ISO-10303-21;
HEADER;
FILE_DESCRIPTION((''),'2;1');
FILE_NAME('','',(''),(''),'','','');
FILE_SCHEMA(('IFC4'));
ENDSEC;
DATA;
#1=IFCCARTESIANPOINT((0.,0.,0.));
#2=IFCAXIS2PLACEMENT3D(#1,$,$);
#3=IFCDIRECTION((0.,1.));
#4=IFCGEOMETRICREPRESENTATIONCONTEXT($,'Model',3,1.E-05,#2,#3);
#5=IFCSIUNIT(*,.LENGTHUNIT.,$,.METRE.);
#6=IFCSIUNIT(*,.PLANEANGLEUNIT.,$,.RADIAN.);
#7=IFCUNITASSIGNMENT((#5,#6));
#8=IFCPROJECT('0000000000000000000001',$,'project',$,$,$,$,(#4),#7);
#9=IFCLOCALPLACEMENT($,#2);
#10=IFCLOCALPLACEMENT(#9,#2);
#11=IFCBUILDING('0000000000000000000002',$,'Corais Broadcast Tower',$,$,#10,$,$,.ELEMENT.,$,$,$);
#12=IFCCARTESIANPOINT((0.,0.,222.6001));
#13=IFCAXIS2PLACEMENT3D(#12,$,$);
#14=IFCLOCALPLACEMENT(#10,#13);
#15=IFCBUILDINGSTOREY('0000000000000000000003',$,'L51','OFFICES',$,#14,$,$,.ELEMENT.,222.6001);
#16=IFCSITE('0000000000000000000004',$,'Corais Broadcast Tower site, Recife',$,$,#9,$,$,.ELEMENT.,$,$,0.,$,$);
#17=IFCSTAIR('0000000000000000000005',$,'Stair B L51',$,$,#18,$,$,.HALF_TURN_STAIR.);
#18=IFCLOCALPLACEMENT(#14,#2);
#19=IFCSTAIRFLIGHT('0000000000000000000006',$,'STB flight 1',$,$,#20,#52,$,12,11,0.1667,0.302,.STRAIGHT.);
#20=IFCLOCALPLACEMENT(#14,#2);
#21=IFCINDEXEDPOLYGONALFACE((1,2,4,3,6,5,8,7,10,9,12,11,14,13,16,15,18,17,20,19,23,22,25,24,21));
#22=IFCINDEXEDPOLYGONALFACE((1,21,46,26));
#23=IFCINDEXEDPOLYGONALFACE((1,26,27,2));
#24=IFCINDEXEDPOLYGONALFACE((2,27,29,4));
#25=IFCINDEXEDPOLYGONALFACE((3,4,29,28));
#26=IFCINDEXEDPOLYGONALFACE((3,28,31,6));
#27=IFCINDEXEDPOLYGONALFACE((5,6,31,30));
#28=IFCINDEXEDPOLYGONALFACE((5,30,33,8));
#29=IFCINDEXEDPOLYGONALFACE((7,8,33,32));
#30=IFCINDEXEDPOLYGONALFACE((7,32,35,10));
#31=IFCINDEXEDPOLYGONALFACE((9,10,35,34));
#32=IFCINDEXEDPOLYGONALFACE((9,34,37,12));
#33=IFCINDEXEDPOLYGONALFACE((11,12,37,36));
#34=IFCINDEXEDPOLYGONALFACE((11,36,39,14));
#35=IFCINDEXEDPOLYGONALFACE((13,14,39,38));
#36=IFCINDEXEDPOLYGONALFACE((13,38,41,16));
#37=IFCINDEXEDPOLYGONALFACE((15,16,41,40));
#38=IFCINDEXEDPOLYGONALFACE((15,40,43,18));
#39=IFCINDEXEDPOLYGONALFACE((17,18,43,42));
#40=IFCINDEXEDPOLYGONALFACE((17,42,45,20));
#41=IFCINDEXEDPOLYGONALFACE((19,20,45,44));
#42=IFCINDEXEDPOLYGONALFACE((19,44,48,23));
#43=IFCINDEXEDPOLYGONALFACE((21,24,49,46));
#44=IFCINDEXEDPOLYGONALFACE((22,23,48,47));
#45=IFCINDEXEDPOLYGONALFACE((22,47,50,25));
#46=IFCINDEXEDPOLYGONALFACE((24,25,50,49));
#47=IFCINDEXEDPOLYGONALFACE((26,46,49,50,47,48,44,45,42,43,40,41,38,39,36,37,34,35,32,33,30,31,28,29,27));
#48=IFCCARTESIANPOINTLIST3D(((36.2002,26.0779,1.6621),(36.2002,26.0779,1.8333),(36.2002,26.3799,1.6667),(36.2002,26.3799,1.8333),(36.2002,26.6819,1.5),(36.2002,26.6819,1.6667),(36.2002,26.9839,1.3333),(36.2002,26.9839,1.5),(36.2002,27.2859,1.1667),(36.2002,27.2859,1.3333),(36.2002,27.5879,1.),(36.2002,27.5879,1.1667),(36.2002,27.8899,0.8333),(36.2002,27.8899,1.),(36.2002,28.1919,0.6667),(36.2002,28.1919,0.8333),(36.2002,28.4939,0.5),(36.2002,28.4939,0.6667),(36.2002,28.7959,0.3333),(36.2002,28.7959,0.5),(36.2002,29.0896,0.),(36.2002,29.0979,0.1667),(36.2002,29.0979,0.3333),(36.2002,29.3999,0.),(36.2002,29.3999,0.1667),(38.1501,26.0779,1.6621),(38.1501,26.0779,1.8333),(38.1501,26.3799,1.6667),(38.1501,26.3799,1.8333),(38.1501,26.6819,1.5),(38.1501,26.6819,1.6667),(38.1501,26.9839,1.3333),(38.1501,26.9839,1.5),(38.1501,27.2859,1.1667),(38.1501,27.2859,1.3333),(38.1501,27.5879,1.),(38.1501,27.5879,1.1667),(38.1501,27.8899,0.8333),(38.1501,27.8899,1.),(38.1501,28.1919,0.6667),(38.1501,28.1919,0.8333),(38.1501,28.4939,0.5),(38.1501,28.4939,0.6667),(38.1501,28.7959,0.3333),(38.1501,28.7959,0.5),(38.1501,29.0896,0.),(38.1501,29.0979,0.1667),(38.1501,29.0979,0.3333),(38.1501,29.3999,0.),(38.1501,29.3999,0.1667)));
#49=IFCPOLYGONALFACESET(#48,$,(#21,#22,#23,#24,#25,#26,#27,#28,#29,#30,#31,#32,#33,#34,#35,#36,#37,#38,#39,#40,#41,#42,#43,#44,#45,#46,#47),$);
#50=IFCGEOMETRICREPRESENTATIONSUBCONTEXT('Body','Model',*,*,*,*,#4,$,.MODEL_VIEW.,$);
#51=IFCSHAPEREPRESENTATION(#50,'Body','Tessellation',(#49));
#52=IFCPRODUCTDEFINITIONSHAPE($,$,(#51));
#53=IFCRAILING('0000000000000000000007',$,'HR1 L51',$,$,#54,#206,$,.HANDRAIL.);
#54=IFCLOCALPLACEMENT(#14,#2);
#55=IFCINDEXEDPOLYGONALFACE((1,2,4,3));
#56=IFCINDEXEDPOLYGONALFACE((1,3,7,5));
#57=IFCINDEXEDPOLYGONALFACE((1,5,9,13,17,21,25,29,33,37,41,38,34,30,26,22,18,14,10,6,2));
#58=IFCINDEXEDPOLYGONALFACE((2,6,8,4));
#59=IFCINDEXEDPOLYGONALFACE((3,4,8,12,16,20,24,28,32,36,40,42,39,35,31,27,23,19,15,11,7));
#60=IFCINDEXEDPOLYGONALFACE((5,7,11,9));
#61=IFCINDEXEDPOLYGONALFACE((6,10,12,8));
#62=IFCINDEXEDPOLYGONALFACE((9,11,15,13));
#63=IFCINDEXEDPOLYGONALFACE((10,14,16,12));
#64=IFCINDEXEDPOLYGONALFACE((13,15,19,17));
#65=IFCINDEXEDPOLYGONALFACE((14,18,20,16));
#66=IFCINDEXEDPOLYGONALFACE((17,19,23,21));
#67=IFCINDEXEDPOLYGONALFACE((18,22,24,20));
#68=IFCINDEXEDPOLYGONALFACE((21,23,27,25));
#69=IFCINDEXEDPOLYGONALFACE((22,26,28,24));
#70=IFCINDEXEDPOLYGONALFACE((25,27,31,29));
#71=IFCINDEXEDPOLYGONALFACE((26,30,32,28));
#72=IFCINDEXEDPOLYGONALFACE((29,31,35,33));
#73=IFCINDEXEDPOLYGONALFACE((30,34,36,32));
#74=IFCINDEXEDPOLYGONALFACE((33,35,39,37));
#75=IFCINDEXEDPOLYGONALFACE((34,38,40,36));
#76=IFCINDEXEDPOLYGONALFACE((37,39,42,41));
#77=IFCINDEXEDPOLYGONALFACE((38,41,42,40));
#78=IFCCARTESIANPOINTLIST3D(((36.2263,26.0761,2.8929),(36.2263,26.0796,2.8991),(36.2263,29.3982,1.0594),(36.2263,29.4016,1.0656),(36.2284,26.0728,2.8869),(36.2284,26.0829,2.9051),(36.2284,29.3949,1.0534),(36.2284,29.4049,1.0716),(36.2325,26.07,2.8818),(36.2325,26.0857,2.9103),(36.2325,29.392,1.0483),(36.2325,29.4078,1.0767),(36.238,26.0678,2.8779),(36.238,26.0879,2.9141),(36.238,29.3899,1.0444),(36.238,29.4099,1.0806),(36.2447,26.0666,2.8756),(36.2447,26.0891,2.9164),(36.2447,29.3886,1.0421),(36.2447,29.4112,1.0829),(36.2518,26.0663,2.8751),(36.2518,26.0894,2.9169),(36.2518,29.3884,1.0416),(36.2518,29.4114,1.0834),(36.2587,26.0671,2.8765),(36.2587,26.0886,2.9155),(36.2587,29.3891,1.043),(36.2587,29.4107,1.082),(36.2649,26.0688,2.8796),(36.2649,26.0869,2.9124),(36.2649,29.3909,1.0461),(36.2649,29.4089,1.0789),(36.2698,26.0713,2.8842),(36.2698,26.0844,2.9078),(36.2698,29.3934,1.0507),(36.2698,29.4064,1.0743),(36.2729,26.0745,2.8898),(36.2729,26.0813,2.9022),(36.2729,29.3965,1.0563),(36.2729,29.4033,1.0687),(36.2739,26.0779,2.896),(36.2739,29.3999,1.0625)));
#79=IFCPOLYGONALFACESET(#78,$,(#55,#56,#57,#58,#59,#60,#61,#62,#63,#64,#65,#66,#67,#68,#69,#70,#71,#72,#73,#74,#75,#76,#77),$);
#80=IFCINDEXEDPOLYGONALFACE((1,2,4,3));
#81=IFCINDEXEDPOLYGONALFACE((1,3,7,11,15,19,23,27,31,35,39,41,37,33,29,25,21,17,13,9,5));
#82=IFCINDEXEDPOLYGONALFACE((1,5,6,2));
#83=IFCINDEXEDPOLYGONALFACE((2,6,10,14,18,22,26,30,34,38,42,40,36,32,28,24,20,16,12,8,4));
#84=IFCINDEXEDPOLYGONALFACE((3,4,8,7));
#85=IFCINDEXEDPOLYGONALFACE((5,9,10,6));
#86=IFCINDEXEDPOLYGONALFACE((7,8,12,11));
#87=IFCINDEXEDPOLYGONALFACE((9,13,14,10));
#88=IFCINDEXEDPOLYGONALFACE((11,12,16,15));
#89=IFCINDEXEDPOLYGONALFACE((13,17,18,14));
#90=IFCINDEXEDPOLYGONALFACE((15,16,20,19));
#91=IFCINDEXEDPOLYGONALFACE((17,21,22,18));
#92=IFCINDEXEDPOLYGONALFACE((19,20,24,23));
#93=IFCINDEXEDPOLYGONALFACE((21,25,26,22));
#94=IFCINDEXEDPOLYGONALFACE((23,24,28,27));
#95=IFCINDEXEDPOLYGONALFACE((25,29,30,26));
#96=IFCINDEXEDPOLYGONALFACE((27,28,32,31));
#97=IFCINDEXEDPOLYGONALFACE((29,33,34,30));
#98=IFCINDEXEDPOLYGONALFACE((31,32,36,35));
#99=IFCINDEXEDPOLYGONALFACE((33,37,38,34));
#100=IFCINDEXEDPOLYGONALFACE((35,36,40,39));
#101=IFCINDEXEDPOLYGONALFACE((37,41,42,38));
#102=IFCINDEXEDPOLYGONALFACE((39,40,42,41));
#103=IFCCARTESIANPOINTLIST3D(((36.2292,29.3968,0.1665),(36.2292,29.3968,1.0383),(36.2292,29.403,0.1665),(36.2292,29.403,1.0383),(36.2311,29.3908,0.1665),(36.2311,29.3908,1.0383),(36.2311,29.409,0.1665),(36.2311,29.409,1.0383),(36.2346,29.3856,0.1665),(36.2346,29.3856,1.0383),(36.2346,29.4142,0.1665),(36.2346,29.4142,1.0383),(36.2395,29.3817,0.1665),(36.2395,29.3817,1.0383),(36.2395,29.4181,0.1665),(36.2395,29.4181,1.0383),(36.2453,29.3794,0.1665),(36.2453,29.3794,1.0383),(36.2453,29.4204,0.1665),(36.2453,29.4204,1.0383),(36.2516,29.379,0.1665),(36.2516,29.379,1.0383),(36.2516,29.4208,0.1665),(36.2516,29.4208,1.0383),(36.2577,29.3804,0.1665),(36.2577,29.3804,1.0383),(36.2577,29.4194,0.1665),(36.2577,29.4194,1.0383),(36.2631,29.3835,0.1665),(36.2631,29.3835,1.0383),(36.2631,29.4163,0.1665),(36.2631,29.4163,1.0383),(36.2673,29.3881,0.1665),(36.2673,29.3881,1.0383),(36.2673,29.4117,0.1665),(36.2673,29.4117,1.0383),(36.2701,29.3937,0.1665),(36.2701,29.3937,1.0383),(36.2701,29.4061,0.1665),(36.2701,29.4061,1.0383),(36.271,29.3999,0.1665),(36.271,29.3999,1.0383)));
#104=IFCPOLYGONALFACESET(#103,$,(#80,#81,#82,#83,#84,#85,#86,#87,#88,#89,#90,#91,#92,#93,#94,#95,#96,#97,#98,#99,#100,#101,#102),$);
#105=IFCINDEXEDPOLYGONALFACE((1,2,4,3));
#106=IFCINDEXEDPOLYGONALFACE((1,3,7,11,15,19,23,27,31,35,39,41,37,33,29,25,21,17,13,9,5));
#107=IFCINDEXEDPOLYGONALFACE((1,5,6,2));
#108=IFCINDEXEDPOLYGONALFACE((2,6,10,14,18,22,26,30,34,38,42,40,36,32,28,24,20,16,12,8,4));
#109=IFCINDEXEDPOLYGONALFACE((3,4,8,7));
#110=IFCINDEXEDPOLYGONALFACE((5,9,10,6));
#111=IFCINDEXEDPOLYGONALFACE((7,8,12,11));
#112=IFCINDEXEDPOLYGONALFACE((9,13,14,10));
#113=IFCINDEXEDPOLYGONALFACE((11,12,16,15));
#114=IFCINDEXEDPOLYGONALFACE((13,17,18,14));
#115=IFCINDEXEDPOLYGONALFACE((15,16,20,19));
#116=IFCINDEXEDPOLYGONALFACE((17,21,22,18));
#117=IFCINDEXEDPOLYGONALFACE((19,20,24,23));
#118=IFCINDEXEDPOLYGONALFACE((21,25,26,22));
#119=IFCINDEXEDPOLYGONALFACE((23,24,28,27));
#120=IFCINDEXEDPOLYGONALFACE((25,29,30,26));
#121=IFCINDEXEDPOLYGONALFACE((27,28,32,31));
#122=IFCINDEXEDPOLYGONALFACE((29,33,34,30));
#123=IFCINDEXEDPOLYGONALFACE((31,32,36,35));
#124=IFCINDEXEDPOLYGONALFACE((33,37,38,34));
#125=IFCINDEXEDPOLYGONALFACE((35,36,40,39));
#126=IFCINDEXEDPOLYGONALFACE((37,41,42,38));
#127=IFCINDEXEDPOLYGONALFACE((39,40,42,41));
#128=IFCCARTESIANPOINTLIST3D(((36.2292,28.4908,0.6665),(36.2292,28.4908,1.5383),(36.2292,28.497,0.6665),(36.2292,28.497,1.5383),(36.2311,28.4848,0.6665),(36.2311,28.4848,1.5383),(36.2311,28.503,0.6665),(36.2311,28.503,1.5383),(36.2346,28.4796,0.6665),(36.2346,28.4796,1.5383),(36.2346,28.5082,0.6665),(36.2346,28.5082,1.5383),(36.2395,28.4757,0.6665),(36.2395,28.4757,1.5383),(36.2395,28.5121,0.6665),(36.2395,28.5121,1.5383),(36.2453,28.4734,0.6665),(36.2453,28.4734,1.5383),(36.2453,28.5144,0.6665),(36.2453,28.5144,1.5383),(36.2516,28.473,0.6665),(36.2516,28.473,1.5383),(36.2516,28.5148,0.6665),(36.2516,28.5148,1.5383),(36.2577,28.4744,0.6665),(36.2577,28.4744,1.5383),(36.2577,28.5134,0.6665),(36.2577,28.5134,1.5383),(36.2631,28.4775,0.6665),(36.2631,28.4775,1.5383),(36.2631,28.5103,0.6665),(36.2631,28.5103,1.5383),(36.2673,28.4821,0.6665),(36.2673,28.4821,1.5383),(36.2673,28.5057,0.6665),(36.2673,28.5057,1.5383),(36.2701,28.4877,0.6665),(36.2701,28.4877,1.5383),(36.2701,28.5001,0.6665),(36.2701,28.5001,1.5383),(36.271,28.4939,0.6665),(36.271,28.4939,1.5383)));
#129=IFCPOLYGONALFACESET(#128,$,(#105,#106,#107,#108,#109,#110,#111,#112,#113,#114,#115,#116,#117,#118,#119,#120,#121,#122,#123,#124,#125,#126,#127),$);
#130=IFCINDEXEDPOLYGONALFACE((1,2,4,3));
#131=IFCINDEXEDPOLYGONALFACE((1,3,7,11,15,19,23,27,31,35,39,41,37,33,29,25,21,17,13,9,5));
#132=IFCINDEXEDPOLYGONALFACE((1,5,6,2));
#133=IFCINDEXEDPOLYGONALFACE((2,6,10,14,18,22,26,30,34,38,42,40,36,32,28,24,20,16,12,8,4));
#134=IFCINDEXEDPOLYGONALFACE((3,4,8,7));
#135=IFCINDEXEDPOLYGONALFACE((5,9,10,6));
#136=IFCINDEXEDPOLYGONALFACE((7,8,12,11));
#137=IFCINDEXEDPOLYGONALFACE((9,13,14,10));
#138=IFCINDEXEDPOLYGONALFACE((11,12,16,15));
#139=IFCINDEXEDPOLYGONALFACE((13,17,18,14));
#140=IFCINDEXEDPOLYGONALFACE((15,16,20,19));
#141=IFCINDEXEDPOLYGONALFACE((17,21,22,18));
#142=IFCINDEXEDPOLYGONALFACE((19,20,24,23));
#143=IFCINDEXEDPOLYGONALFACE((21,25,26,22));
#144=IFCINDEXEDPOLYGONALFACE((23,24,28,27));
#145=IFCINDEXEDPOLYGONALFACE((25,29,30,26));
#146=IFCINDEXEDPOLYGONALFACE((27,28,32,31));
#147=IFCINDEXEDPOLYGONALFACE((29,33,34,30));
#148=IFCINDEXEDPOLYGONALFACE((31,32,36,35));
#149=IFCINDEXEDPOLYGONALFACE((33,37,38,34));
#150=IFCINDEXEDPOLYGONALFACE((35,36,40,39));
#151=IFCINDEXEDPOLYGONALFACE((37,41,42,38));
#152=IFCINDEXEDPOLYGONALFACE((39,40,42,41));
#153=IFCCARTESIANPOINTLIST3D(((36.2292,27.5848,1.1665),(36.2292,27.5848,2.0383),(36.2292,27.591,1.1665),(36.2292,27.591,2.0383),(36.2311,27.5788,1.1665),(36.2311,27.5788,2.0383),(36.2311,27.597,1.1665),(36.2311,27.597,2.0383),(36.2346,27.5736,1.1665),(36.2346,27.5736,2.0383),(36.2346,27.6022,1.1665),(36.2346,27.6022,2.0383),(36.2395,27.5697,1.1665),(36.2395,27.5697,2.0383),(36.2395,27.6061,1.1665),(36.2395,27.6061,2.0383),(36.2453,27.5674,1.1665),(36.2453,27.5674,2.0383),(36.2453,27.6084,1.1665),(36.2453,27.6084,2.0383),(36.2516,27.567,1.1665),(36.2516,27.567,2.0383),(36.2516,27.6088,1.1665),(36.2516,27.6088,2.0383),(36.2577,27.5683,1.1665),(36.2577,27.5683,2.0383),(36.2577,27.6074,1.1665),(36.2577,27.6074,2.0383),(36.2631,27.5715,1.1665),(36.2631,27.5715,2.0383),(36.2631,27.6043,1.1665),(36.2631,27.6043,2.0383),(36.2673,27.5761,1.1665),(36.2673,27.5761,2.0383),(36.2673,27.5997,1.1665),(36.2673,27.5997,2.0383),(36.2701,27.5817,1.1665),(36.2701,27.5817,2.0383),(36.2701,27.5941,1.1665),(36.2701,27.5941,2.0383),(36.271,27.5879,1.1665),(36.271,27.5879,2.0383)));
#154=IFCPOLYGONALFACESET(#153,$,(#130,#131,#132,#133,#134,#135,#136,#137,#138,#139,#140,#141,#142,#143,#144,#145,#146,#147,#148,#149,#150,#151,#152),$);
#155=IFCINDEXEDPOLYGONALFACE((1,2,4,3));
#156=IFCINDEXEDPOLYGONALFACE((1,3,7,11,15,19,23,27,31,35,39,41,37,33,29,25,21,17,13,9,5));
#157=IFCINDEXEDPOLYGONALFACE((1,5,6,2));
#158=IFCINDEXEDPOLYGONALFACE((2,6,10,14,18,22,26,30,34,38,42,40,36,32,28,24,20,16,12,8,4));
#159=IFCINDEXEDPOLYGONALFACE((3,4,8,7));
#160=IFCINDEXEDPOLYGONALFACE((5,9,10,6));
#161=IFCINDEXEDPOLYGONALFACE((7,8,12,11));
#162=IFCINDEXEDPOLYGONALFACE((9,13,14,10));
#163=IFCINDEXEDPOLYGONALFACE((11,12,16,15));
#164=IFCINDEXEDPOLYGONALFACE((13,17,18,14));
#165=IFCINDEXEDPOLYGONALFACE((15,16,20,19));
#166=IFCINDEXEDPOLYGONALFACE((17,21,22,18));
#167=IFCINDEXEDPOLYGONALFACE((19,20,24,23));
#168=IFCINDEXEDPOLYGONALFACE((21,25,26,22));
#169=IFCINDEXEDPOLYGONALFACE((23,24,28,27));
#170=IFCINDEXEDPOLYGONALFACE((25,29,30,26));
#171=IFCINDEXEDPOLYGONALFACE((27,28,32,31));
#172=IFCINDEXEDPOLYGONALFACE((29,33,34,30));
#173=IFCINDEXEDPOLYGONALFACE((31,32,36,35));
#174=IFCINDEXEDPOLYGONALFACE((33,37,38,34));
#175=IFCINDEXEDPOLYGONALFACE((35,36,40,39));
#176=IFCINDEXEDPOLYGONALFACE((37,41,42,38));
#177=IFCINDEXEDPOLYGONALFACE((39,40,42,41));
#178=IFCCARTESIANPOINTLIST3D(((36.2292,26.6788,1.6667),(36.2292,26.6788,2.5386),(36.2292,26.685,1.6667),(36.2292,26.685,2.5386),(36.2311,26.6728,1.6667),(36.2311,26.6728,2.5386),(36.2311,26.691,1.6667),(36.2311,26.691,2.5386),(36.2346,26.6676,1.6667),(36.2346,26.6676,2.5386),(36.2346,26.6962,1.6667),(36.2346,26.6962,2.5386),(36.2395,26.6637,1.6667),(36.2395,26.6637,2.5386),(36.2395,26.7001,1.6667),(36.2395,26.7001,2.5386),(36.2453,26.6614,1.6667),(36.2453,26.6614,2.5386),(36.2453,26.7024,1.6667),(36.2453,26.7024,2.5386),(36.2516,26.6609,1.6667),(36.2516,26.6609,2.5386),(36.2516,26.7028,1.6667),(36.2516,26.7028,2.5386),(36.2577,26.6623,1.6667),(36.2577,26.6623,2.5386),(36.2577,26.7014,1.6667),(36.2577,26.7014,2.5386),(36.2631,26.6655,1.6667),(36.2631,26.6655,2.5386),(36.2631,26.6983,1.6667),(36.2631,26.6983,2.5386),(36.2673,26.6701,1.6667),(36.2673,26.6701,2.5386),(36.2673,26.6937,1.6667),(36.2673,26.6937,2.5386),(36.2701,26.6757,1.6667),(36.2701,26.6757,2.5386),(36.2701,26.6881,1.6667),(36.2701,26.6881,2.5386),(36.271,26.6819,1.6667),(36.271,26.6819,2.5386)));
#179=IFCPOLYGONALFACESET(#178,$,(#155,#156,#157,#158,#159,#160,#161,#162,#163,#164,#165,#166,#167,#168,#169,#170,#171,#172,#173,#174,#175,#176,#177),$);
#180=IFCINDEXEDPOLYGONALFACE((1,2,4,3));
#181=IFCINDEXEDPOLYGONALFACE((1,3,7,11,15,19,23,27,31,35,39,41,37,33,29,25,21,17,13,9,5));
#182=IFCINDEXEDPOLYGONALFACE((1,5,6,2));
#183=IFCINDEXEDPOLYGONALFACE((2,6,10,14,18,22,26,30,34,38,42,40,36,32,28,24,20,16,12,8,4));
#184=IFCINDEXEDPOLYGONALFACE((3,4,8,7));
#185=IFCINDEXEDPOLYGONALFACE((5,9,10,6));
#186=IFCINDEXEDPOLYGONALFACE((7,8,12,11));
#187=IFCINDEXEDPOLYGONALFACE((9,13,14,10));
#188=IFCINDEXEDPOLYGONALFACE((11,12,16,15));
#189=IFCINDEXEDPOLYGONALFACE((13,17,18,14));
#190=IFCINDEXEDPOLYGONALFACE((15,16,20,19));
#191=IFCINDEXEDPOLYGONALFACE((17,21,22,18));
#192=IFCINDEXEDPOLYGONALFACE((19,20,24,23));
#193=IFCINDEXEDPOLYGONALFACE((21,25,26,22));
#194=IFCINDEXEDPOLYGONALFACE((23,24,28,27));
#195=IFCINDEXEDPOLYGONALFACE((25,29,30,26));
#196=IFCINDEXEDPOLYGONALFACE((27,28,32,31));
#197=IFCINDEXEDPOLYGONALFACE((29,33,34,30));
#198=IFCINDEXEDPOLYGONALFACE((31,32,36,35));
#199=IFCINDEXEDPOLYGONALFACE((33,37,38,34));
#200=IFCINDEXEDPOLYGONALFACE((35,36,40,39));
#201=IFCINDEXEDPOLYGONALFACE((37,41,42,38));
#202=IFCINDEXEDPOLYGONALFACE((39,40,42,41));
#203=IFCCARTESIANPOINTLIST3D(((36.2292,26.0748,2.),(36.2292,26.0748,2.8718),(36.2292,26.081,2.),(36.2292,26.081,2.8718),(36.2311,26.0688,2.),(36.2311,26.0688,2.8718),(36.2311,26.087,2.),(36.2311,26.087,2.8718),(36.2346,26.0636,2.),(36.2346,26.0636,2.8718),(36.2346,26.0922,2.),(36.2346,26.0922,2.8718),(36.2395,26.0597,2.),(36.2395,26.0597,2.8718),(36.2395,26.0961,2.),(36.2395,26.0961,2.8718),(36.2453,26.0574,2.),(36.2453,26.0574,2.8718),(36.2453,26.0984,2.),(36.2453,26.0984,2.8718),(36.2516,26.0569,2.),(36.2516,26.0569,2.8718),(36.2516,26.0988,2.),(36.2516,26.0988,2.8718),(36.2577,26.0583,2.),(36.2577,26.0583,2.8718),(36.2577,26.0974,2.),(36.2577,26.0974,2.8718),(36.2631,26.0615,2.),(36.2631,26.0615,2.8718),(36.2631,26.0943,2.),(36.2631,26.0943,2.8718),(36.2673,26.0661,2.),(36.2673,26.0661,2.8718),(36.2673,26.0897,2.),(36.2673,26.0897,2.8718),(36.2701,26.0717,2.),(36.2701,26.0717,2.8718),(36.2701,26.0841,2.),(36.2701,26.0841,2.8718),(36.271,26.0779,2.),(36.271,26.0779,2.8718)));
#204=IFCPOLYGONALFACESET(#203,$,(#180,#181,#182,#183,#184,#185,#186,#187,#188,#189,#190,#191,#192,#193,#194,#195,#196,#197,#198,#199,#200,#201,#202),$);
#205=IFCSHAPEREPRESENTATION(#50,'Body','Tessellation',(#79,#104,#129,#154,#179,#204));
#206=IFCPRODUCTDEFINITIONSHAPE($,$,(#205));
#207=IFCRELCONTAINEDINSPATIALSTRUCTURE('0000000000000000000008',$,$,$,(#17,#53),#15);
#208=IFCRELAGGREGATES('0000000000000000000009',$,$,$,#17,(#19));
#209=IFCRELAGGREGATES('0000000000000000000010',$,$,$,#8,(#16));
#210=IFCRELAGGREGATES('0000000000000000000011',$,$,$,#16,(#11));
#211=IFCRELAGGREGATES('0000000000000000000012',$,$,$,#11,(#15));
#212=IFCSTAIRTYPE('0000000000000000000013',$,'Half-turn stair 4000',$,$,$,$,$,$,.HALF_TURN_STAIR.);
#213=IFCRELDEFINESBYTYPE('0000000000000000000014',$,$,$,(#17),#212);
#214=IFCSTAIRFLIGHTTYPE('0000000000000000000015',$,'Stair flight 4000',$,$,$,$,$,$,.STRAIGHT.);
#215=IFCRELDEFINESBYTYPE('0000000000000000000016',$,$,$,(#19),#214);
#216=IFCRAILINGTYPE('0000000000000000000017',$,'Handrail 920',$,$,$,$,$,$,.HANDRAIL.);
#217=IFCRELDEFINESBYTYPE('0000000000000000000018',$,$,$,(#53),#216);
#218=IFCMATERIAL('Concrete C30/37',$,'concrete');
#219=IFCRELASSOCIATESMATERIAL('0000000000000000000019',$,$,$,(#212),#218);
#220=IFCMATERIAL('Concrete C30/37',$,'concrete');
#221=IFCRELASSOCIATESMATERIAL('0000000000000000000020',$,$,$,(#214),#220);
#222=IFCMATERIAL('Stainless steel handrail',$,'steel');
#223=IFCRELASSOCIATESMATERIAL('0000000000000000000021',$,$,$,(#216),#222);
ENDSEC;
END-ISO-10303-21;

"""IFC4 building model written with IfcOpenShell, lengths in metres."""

from ifc_helpers import new_model, si_unit, direction, frame, origin, origin_2d, place, context, subcontext, project, spatial, polyline, circle, outline, extrude, material, type_object, element, aggregate, save


model = new_model("IFC4")

# Units and contexts
model_context = context("Model", 3, precision=1e-05, world=origin(), true_north=direction((0.0, 1.0)))
body_context = subcontext(model_context, "Body", "Model", "MODEL_VIEW")
ifc_project = project(units=[si_unit("LENGTHUNIT", "METRE"), si_unit("PLANEANGLEUNIT", "RADIAN")], contexts=[model_context])

# Site, building, storey
site_placement = place(None, origin())
site = spatial("IfcSite", under=ifc_project, at=site_placement, Name="Corais Broadcast Tower site, Recife", CompositionType="ELEMENT", RefElevation=0.0)
building_placement = place(site_placement, origin())
building = spatial("IfcBuilding", under=site, at=building_placement, Name="Corais Broadcast Tower", CompositionType="ELEMENT")
storey_placement = place(building_placement, frame((0.0, 0.0, 222.6001)))
storey = spatial("IfcBuildingStorey", under=building, at=storey_placement, Name="L51", Description="OFFICES", CompositionType="ELEMENT", Elevation=222.6001)

# Stair, stair flight
ifc_material_1 = material(Name="Concrete C30/37", Category="concrete")
stair_type = type_object("IfcStairType", Name="Half-turn stair 4000", PredefinedType="HALF_TURN_STAIR", material=ifc_material_1)
stair_placement = place(storey_placement, origin())
stair = element("IfcStair", 1, at=stair_placement, inside=storey, type_object=stair_type, Name="Stair B L51", PredefinedType="HALF_TURN_STAIR")
ifc_material_2 = material(Name="Concrete C30/37", Category="concrete")
stair_flight_type = type_object("IfcStairFlightType", Name="Stair flight 4000", PredefinedType="STRAIGHT", material=ifc_material_2)
stair_flight_placement = place(storey_placement, frame((37.175, 29.3999, 0.0), z_axis=(0.0, 0.0, 1.0), x_axis=(0.0, -1.0, 0.0)))
stair_flight = element("IfcStairFlight", 2, at=stair_flight_placement, type_object=stair_flight_type, Name="STB flight 1", NumberOfRisers=12, NumberOfTreads=11, PredefinedType="STRAIGHT", RiserHeight=0.1667, TreadLength=0.302, context=body_context, shape_type="SweptSolid", body=[
    extrude(outline(polyline([(0.0, 0.0), (0.0, 0.1667), (0.302, 0.1667), (0.302, 0.3333), (0.604, 0.3333), (0.604, 0.5), (0.906, 0.5), (0.906, 0.6667), (1.208, 0.6667), (1.208, 0.8333), (1.51, 0.8333), (1.51, 1.0), (1.812, 1.0), (1.812, 1.1667), (2.114, 1.1667), (2.114, 1.3333), (2.416, 1.3333), (2.416, 1.5), (2.718, 1.5), (2.718, 1.6667), (3.02, 1.6667), (3.02, 1.8333), (3.322, 1.8333), (3.322, 2.0), (3.322, 1.6621), (0.3103, 0.0), (0.0, 0.0)])), frame((0.0, 0.9751, 0.0), z_axis=(0.0, -1.0, 0.0), x_axis=(1.0, 0.0, 0.0)), (0.0, 0.0, 1.0), 1.95),
])
aggregate(stair, [stair_flight])

# Railing
ifc_material_3 = material(Name="Stainless steel handrail", Category="steel")
railing_type = type_object("IfcRailingType", Name="Handrail 920", PredefinedType="HANDRAIL", material=ifc_material_3)
for number, where, name in (
    (3, (36.25, 29.3999, 0.1665), "HR1 L51"),
):
    element("IfcRailing", number, at=place(storey_placement, frame(where)), inside=storey, type_object=railing_type, Name=name, PredefinedType="HANDRAIL", context=body_context, shape_type="SweptSolid", body=[
        extrude(circle(Radius=0.0239, at=origin_2d()), frame((0.0, 0.0, 0.896), z_axis=(0.0, -0.875504, 0.48321), x_axis=(1.0, 0.0, 0.0)), (0.0, 0.0, 1.0), 3.7944),
        extrude(circle(Radius=0.021, at=origin_2d()), origin(), (0.0, 0.0, 1.0), 0.8718),
        extrude(circle(Radius=0.021, at=origin_2d()), frame((0.0, -0.906, 0.5)), (0.0, 0.0, 1.0), 0.8718),
        extrude(circle(Radius=0.021, at=origin_2d()), frame((0.0, -1.812, 1.0)), (0.0, 0.0, 1.0), 0.8718),
        extrude(circle(Radius=0.021, at=origin_2d()), frame((0.0, -2.718, 1.5002)), (0.0, 0.0, 1.0), 0.8718),
        extrude(circle(Radius=0.021, at=origin_2d()), frame((0.0, -3.322, 1.8335)), (0.0, 0.0, 1.0), 0.8718),
    ])

save(model, "model.ifc")
